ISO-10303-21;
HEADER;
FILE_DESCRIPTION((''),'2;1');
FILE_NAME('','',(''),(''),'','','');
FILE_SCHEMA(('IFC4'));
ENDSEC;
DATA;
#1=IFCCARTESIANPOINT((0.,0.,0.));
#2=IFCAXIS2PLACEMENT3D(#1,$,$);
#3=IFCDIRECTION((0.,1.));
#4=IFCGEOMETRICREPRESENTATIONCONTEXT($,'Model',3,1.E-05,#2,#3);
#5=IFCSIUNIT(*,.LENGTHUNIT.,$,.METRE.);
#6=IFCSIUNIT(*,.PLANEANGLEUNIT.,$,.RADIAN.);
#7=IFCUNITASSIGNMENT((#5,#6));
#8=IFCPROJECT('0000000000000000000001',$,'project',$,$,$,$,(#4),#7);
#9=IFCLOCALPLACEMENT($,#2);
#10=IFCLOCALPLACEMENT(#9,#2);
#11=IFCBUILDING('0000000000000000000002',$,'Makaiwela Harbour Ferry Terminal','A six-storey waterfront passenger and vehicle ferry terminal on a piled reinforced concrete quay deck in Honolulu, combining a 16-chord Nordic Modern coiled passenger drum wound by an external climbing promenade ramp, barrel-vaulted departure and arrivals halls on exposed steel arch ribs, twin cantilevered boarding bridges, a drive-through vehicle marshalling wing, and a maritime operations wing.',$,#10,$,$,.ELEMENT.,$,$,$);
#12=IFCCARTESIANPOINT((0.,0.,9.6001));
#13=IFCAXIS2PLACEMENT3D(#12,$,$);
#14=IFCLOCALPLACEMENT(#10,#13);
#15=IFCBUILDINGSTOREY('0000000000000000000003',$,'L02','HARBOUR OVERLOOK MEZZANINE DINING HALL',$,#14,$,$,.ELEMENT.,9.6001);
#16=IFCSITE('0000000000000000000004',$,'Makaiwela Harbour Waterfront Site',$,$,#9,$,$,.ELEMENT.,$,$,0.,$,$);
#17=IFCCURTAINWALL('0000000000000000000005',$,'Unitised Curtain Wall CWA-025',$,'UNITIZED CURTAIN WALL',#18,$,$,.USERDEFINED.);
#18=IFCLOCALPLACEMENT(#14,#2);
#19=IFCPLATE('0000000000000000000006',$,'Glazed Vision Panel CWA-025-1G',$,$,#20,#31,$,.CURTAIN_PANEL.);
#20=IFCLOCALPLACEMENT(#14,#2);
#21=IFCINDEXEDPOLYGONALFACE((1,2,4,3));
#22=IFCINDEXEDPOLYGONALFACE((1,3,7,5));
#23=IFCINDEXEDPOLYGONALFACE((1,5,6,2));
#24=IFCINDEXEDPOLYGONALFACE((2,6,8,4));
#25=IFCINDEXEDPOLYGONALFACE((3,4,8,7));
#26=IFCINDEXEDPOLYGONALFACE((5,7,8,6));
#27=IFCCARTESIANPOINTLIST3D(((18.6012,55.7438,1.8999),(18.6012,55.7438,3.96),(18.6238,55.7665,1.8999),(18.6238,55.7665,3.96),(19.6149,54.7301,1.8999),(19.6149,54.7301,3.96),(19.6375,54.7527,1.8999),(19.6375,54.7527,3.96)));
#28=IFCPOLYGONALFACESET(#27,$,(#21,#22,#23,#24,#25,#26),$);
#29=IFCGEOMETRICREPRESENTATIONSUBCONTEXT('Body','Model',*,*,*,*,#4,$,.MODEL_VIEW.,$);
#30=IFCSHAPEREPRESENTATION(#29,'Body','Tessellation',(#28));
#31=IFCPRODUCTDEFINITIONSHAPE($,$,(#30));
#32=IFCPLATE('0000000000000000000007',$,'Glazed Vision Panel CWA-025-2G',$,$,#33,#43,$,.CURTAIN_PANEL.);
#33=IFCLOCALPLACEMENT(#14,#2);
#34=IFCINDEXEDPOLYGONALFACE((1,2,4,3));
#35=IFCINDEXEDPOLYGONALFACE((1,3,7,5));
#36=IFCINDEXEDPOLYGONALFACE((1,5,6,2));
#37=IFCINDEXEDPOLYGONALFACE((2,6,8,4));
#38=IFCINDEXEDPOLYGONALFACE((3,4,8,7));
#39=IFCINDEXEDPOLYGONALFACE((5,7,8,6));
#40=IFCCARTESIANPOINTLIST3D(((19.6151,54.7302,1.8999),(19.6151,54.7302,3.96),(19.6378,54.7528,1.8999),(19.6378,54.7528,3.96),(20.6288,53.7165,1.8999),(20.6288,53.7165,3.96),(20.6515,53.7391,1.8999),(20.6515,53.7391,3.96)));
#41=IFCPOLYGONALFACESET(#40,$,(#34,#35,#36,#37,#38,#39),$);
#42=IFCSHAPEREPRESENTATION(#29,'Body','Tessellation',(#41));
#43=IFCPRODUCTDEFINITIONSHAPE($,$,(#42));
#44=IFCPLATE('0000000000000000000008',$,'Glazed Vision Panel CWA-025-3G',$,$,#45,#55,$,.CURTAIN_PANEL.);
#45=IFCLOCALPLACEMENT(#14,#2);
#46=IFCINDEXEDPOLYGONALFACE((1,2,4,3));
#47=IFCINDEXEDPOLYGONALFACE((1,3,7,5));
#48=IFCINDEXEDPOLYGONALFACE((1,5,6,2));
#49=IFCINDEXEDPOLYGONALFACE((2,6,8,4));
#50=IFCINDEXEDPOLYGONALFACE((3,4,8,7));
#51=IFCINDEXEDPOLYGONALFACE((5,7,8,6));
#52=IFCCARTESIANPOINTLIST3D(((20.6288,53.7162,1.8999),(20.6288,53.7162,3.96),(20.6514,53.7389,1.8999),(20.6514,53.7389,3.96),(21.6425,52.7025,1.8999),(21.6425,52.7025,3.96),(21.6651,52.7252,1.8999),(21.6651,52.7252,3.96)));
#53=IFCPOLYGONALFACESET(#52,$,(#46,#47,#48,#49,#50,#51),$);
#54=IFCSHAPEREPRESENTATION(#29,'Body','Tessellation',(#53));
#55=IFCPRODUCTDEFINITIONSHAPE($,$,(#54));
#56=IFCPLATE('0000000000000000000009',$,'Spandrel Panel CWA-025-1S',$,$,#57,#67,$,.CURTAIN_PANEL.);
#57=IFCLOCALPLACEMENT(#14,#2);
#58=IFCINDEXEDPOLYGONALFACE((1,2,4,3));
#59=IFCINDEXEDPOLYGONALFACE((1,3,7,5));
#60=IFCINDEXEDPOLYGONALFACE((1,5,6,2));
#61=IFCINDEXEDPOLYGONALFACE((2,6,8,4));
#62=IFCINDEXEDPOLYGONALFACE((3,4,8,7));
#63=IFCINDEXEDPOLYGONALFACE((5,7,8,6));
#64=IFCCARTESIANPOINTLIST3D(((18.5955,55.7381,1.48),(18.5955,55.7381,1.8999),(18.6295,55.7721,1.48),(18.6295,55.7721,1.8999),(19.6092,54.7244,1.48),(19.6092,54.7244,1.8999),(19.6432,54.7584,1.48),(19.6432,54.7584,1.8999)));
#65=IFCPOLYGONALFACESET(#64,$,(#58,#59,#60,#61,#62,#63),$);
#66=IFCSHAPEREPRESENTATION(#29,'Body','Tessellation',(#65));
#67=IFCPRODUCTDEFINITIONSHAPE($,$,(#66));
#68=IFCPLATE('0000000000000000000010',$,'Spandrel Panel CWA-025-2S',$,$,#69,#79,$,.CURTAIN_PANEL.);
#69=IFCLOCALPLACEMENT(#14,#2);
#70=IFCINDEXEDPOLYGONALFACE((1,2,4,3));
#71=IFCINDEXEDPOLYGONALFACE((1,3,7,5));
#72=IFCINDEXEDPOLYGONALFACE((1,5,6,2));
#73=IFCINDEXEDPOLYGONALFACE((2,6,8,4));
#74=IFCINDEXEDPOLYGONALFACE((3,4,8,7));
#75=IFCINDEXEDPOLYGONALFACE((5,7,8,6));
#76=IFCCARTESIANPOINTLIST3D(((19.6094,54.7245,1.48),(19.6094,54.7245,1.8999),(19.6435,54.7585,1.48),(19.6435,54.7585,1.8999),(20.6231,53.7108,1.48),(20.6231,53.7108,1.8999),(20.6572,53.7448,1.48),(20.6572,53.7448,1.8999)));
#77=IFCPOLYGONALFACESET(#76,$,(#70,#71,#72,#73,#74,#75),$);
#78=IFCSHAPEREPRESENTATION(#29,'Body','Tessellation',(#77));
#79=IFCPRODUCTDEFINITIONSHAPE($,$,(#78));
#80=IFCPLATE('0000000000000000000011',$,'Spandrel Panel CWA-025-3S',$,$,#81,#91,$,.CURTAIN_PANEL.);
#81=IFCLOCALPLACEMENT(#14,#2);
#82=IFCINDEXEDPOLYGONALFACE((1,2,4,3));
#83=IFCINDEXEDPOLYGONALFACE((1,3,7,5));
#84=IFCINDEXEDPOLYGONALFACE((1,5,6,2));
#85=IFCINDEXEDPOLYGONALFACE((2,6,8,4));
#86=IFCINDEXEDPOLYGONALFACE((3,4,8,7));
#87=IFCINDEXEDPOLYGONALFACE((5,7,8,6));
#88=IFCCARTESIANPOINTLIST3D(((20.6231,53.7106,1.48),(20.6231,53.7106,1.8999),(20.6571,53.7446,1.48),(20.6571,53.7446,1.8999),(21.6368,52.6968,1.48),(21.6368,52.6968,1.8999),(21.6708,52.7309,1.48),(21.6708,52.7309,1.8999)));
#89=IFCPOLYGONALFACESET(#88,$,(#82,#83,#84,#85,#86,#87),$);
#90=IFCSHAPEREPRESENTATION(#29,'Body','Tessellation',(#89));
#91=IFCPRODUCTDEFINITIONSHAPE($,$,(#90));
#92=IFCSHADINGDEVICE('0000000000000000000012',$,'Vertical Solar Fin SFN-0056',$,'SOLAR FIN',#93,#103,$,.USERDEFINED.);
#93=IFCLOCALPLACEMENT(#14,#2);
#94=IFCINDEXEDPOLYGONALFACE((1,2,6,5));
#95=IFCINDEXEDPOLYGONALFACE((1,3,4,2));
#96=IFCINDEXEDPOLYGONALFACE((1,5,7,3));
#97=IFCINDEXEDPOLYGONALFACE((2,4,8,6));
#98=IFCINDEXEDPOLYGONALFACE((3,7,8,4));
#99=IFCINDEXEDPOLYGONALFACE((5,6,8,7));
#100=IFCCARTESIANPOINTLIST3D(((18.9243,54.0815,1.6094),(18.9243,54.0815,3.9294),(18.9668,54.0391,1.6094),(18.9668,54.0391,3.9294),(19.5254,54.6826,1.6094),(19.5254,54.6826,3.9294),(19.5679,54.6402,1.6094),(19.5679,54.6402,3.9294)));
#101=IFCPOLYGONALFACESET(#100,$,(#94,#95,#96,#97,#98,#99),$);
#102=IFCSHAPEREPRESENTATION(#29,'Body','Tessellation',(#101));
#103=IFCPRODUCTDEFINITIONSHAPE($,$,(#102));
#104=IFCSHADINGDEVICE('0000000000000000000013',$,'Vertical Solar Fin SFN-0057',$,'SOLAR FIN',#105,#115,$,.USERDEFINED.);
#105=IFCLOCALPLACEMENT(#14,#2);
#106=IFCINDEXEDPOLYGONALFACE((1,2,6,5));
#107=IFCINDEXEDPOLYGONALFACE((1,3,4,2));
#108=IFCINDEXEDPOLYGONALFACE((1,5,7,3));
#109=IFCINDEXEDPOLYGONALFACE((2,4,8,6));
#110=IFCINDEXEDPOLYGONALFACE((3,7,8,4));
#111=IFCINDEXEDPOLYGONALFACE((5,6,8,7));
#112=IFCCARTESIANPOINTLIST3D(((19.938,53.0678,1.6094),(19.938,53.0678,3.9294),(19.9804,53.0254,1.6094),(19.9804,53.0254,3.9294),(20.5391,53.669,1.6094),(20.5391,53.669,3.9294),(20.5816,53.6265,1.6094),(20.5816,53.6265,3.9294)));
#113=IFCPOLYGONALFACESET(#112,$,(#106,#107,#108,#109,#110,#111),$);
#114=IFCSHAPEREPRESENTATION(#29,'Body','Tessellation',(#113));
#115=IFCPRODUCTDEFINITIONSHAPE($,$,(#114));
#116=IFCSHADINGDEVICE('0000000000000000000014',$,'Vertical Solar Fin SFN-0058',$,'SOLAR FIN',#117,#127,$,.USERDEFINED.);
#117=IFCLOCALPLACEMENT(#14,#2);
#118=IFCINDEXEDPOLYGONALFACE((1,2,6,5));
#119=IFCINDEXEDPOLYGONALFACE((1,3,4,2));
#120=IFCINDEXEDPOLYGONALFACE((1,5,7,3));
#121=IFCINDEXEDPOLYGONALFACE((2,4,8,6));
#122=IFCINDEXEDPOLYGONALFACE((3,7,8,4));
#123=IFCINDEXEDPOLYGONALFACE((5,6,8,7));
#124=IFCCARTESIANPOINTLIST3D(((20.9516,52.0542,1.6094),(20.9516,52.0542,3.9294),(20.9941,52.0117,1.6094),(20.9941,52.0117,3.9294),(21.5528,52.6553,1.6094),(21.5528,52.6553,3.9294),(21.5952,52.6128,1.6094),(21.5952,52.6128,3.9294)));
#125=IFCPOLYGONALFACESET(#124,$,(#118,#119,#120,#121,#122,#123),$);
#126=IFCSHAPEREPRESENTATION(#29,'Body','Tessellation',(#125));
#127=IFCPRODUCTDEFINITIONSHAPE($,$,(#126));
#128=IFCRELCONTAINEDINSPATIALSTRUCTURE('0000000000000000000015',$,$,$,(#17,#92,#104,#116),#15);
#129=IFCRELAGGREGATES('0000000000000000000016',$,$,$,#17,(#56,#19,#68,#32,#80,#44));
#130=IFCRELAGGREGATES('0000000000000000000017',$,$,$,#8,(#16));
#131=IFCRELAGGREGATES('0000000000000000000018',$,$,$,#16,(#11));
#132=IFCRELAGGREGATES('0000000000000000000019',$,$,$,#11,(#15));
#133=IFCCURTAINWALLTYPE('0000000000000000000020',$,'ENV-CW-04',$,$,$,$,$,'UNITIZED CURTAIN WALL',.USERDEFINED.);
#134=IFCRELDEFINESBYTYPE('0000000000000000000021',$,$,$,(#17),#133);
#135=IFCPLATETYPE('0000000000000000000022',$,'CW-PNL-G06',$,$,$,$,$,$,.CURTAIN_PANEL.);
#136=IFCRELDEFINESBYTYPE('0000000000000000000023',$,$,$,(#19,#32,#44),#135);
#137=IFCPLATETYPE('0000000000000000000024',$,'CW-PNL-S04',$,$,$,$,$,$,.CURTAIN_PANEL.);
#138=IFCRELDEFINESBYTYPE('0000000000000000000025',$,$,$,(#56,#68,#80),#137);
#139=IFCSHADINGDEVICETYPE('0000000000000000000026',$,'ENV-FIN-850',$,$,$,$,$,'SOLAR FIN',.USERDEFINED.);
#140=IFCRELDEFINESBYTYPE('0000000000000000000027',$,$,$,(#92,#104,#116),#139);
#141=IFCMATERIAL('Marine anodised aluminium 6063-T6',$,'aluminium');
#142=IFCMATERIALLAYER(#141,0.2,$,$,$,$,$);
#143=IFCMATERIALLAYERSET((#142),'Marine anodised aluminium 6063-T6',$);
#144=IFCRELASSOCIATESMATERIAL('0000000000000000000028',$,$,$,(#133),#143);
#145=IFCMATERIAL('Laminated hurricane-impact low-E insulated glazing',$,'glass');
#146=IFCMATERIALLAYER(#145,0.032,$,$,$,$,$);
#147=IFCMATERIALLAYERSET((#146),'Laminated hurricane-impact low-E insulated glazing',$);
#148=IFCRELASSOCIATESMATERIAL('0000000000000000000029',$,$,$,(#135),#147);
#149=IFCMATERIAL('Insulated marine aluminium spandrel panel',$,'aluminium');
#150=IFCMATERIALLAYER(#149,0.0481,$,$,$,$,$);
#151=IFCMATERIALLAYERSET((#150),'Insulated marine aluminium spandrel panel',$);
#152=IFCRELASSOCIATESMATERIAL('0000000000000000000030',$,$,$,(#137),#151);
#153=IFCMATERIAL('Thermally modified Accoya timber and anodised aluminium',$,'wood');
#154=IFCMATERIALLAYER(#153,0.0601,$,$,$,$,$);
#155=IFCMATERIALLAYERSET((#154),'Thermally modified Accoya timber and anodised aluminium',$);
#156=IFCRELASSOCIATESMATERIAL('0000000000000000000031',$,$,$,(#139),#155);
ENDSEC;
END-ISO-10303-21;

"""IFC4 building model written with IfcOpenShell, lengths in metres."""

from ifc_helpers import new_model, si_unit, direction, frame, origin, origin_2d, place, context, subcontext, project, spatial, rectangle, extrude, material, layer, layer_set, type_object, element, aggregate, save


model = new_model("IFC4")

# Units and contexts
model_context = context("Model", 3, precision=1e-05, world=origin(), true_north=direction((0.0, 1.0)))
body_context = subcontext(model_context, "Body", "Model", "MODEL_VIEW")
ifc_project = project(units=[si_unit("LENGTHUNIT", "METRE"), si_unit("PLANEANGLEUNIT", "RADIAN")], contexts=[model_context])

# Site, building, storey
site_placement = place(None, origin())
site = spatial("IfcSite", under=ifc_project, at=site_placement, Name="Makaiwela Harbour Waterfront Site", CompositionType="ELEMENT", RefElevation=0.0)
building_placement = place(site_placement, origin())
building = spatial("IfcBuilding", under=site, at=building_placement, Name="Makaiwela Harbour Ferry Terminal", Description="A six-storey waterfront passenger and vehicle ferry terminal on a piled reinforced concrete quay deck in Honolulu, combining a 16-chord Nordic Modern coiled passenger drum wound by an external climbing promenade ramp, barrel-vaulted departure and arrivals halls on exposed steel arch ribs, twin cantilevered boarding bridges, a drive-through vehicle marshalling wing, and a maritime operations wing.", CompositionType="ELEMENT")
storey_placement = place(building_placement, frame((0.0, 0.0, 9.6001)))
storey = spatial("IfcBuildingStorey", under=building, at=storey_placement, Name="L02", Description="HARBOUR OVERLOOK MEZZANINE DINING HALL", CompositionType="ELEMENT", Elevation=9.6001)

# Curtain wall
ifc_material_1 = material(Name="Marine anodised aluminium 6063-T6", Category="aluminium")
ifc_layer_1 = layer(ifc_material_1, 0.2)
ifc_layer_set_1 = layer_set([ifc_layer_1], Name="Marine anodised aluminium 6063-T6")
curtain_wall_type = type_object("IfcCurtainWallType", Name="ENV-CW-04", ElementType="UNITIZED CURTAIN WALL", PredefinedType="USERDEFINED", material=ifc_layer_set_1)
curtain_wall_placement = place(storey_placement, origin())
curtain_wall = element("IfcCurtainWall", 1, at=curtain_wall_placement, inside=storey, type_object=curtain_wall_type, Name="Unitised Curtain Wall CWA-025", ObjectType="UNITIZED CURTAIN WALL", PredefinedType="USERDEFINED")

# Plates
ifc_material_2 = material(Name="Laminated hurricane-impact low-E insulated glazing", Category="glass")
ifc_layer_2 = layer(ifc_material_2, 0.032)
ifc_layer_set_2 = layer_set([ifc_layer_2], Name="Laminated hurricane-impact low-E insulated glazing")
plate_type_1 = type_object("IfcPlateType", Name="CW-PNL-G06", PredefinedType="CURTAIN_PANEL", material=ifc_layer_set_2)
plate_1_placement = place(storey_placement, frame((19.1194, 55.2483, 1.8999), z_axis=(0.0, 0.0, 1.0), x_axis=(0.707107, -0.707107, 0.0)))
plate_1 = element("IfcPlate", 2, at=plate_1_placement, type_object=plate_type_1, Name="Glazed Vision Panel CWA-025-1G", PredefinedType="CURTAIN_PANEL", context=body_context, shape_type="SweptSolid", body=[
    extrude(rectangle(XDim=1.4336, YDim=0.032, at=origin_2d()), origin(), (0.0, 0.0, 1.0), 2.0601),
])
plate_2_placement = place(storey_placement, frame((20.1333, 54.2346, 1.8999), z_axis=(0.0, 0.0, 1.0), x_axis=(0.707107, -0.707107, 0.0)))
plate_2 = element("IfcPlate", 3, at=plate_2_placement, type_object=plate_type_1, Name="Glazed Vision Panel CWA-025-2G", PredefinedType="CURTAIN_PANEL", context=body_context, shape_type="SweptSolid", body=[
    extrude(rectangle(XDim=1.4336, YDim=0.032, at=origin_2d()), origin(), (0.0, 0.0, 1.0), 2.0601),
])
plate_3_placement = place(storey_placement, frame((21.147, 53.2207, 1.8999), z_axis=(0.0, 0.0, 1.0), x_axis=(0.707107, -0.707107, 0.0)))
plate_3 = element("IfcPlate", 4, at=plate_3_placement, type_object=plate_type_1, Name="Glazed Vision Panel CWA-025-3G", PredefinedType="CURTAIN_PANEL", context=body_context, shape_type="SweptSolid", body=[
    extrude(rectangle(XDim=1.4336, YDim=0.032, at=origin_2d()), origin(), (0.0, 0.0, 1.0), 2.0601),
])
ifc_material_3 = material(Name="Insulated marine aluminium spandrel panel", Category="aluminium")
ifc_layer_3 = layer(ifc_material_3, 0.0481)
ifc_layer_set_3 = layer_set([ifc_layer_3], Name="Insulated marine aluminium spandrel panel")
plate_type_2 = type_object("IfcPlateType", Name="CW-PNL-S04", PredefinedType="CURTAIN_PANEL", material=ifc_layer_set_3)
plate_4_placement = place(storey_placement, frame((19.1194, 55.2483, 1.48), z_axis=(0.0, 0.0, 1.0), x_axis=(0.707107, -0.707107, 0.0)))
plate_4 = element("IfcPlate", 5, at=plate_4_placement, type_object=plate_type_2, Name="Spandrel Panel CWA-025-1S", PredefinedType="CURTAIN_PANEL", context=body_context, shape_type="SweptSolid", body=[
    extrude(rectangle(XDim=1.4336, YDim=0.0481, at=origin_2d()), origin(), (0.0, 0.0, 1.0), 0.4199),
])
plate_5_placement = place(storey_placement, frame((20.1333, 54.2346, 1.48), z_axis=(0.0, 0.0, 1.0), x_axis=(0.707107, -0.707107, 0.0)))
plate_5 = element("IfcPlate", 6, at=plate_5_placement, type_object=plate_type_2, Name="Spandrel Panel CWA-025-2S", PredefinedType="CURTAIN_PANEL", context=body_context, shape_type="SweptSolid", body=[
    extrude(rectangle(XDim=1.4336, YDim=0.0481, at=origin_2d()), origin(), (0.0, 0.0, 1.0), 0.4199),
])
plate_6_placement = place(storey_placement, frame((21.147, 53.2207, 1.48), z_axis=(0.0, 0.0, 1.0), x_axis=(0.707107, -0.707107, 0.0)))
plate_6 = element("IfcPlate", 7, at=plate_6_placement, type_object=plate_type_2, Name="Spandrel Panel CWA-025-3S", PredefinedType="CURTAIN_PANEL", context=body_context, shape_type="SweptSolid", body=[
    extrude(rectangle(XDim=1.4336, YDim=0.0481, at=origin_2d()), origin(), (0.0, 0.0, 1.0), 0.4199),
])
aggregate(curtain_wall, [plate_4, plate_1, plate_5, plate_2, plate_6, plate_3])

# Shading devices
ifc_material_4 = material(Name="Thermally modified Accoya timber and anodised aluminium", Category="wood")
ifc_layer_4 = layer(ifc_material_4, 0.0601)
ifc_layer_set_4 = layer_set([ifc_layer_4], Name="Thermally modified Accoya timber and anodised aluminium")
shading_device_type = type_object("IfcShadingDeviceType", Name="ENV-FIN-850", ElementType="SOLAR FIN", PredefinedType="USERDEFINED", material=ifc_layer_set_4)
for number, where, z_axis, x_axis, name in (
    (8, (19.2461, 54.3608, 1.6094), (0.0, 0.0, 1.0), (-0.707107, -0.707107, 0.0), "Vertical Solar Fin SFN-0056"),
    (9, (20.2598, 53.3472, 1.6094), (0.0, 0.0, 1.0), (-0.707107, -0.707107, 0.0), "Vertical Solar Fin SFN-0057"),
    (10, (21.2734, 52.3335, 1.6094), (0.0, 0.0, 1.0), (-0.707107, -0.707107, 0.0), "Vertical Solar Fin SFN-0058"),
):
    element("IfcShadingDevice", number, at=place(storey_placement, frame(where, z_axis=z_axis, x_axis=x_axis)), inside=storey, type_object=shading_device_type, Name=name, ObjectType="SOLAR FIN", PredefinedType="USERDEFINED", context=body_context, shape_type="SweptSolid", body=[
        extrude(rectangle(XDim=0.8501, YDim=0.0601, at=origin_2d()), origin(), (0.0, 0.0, 1.0), 2.3201),
    ])

save(model, "model.ifc")
